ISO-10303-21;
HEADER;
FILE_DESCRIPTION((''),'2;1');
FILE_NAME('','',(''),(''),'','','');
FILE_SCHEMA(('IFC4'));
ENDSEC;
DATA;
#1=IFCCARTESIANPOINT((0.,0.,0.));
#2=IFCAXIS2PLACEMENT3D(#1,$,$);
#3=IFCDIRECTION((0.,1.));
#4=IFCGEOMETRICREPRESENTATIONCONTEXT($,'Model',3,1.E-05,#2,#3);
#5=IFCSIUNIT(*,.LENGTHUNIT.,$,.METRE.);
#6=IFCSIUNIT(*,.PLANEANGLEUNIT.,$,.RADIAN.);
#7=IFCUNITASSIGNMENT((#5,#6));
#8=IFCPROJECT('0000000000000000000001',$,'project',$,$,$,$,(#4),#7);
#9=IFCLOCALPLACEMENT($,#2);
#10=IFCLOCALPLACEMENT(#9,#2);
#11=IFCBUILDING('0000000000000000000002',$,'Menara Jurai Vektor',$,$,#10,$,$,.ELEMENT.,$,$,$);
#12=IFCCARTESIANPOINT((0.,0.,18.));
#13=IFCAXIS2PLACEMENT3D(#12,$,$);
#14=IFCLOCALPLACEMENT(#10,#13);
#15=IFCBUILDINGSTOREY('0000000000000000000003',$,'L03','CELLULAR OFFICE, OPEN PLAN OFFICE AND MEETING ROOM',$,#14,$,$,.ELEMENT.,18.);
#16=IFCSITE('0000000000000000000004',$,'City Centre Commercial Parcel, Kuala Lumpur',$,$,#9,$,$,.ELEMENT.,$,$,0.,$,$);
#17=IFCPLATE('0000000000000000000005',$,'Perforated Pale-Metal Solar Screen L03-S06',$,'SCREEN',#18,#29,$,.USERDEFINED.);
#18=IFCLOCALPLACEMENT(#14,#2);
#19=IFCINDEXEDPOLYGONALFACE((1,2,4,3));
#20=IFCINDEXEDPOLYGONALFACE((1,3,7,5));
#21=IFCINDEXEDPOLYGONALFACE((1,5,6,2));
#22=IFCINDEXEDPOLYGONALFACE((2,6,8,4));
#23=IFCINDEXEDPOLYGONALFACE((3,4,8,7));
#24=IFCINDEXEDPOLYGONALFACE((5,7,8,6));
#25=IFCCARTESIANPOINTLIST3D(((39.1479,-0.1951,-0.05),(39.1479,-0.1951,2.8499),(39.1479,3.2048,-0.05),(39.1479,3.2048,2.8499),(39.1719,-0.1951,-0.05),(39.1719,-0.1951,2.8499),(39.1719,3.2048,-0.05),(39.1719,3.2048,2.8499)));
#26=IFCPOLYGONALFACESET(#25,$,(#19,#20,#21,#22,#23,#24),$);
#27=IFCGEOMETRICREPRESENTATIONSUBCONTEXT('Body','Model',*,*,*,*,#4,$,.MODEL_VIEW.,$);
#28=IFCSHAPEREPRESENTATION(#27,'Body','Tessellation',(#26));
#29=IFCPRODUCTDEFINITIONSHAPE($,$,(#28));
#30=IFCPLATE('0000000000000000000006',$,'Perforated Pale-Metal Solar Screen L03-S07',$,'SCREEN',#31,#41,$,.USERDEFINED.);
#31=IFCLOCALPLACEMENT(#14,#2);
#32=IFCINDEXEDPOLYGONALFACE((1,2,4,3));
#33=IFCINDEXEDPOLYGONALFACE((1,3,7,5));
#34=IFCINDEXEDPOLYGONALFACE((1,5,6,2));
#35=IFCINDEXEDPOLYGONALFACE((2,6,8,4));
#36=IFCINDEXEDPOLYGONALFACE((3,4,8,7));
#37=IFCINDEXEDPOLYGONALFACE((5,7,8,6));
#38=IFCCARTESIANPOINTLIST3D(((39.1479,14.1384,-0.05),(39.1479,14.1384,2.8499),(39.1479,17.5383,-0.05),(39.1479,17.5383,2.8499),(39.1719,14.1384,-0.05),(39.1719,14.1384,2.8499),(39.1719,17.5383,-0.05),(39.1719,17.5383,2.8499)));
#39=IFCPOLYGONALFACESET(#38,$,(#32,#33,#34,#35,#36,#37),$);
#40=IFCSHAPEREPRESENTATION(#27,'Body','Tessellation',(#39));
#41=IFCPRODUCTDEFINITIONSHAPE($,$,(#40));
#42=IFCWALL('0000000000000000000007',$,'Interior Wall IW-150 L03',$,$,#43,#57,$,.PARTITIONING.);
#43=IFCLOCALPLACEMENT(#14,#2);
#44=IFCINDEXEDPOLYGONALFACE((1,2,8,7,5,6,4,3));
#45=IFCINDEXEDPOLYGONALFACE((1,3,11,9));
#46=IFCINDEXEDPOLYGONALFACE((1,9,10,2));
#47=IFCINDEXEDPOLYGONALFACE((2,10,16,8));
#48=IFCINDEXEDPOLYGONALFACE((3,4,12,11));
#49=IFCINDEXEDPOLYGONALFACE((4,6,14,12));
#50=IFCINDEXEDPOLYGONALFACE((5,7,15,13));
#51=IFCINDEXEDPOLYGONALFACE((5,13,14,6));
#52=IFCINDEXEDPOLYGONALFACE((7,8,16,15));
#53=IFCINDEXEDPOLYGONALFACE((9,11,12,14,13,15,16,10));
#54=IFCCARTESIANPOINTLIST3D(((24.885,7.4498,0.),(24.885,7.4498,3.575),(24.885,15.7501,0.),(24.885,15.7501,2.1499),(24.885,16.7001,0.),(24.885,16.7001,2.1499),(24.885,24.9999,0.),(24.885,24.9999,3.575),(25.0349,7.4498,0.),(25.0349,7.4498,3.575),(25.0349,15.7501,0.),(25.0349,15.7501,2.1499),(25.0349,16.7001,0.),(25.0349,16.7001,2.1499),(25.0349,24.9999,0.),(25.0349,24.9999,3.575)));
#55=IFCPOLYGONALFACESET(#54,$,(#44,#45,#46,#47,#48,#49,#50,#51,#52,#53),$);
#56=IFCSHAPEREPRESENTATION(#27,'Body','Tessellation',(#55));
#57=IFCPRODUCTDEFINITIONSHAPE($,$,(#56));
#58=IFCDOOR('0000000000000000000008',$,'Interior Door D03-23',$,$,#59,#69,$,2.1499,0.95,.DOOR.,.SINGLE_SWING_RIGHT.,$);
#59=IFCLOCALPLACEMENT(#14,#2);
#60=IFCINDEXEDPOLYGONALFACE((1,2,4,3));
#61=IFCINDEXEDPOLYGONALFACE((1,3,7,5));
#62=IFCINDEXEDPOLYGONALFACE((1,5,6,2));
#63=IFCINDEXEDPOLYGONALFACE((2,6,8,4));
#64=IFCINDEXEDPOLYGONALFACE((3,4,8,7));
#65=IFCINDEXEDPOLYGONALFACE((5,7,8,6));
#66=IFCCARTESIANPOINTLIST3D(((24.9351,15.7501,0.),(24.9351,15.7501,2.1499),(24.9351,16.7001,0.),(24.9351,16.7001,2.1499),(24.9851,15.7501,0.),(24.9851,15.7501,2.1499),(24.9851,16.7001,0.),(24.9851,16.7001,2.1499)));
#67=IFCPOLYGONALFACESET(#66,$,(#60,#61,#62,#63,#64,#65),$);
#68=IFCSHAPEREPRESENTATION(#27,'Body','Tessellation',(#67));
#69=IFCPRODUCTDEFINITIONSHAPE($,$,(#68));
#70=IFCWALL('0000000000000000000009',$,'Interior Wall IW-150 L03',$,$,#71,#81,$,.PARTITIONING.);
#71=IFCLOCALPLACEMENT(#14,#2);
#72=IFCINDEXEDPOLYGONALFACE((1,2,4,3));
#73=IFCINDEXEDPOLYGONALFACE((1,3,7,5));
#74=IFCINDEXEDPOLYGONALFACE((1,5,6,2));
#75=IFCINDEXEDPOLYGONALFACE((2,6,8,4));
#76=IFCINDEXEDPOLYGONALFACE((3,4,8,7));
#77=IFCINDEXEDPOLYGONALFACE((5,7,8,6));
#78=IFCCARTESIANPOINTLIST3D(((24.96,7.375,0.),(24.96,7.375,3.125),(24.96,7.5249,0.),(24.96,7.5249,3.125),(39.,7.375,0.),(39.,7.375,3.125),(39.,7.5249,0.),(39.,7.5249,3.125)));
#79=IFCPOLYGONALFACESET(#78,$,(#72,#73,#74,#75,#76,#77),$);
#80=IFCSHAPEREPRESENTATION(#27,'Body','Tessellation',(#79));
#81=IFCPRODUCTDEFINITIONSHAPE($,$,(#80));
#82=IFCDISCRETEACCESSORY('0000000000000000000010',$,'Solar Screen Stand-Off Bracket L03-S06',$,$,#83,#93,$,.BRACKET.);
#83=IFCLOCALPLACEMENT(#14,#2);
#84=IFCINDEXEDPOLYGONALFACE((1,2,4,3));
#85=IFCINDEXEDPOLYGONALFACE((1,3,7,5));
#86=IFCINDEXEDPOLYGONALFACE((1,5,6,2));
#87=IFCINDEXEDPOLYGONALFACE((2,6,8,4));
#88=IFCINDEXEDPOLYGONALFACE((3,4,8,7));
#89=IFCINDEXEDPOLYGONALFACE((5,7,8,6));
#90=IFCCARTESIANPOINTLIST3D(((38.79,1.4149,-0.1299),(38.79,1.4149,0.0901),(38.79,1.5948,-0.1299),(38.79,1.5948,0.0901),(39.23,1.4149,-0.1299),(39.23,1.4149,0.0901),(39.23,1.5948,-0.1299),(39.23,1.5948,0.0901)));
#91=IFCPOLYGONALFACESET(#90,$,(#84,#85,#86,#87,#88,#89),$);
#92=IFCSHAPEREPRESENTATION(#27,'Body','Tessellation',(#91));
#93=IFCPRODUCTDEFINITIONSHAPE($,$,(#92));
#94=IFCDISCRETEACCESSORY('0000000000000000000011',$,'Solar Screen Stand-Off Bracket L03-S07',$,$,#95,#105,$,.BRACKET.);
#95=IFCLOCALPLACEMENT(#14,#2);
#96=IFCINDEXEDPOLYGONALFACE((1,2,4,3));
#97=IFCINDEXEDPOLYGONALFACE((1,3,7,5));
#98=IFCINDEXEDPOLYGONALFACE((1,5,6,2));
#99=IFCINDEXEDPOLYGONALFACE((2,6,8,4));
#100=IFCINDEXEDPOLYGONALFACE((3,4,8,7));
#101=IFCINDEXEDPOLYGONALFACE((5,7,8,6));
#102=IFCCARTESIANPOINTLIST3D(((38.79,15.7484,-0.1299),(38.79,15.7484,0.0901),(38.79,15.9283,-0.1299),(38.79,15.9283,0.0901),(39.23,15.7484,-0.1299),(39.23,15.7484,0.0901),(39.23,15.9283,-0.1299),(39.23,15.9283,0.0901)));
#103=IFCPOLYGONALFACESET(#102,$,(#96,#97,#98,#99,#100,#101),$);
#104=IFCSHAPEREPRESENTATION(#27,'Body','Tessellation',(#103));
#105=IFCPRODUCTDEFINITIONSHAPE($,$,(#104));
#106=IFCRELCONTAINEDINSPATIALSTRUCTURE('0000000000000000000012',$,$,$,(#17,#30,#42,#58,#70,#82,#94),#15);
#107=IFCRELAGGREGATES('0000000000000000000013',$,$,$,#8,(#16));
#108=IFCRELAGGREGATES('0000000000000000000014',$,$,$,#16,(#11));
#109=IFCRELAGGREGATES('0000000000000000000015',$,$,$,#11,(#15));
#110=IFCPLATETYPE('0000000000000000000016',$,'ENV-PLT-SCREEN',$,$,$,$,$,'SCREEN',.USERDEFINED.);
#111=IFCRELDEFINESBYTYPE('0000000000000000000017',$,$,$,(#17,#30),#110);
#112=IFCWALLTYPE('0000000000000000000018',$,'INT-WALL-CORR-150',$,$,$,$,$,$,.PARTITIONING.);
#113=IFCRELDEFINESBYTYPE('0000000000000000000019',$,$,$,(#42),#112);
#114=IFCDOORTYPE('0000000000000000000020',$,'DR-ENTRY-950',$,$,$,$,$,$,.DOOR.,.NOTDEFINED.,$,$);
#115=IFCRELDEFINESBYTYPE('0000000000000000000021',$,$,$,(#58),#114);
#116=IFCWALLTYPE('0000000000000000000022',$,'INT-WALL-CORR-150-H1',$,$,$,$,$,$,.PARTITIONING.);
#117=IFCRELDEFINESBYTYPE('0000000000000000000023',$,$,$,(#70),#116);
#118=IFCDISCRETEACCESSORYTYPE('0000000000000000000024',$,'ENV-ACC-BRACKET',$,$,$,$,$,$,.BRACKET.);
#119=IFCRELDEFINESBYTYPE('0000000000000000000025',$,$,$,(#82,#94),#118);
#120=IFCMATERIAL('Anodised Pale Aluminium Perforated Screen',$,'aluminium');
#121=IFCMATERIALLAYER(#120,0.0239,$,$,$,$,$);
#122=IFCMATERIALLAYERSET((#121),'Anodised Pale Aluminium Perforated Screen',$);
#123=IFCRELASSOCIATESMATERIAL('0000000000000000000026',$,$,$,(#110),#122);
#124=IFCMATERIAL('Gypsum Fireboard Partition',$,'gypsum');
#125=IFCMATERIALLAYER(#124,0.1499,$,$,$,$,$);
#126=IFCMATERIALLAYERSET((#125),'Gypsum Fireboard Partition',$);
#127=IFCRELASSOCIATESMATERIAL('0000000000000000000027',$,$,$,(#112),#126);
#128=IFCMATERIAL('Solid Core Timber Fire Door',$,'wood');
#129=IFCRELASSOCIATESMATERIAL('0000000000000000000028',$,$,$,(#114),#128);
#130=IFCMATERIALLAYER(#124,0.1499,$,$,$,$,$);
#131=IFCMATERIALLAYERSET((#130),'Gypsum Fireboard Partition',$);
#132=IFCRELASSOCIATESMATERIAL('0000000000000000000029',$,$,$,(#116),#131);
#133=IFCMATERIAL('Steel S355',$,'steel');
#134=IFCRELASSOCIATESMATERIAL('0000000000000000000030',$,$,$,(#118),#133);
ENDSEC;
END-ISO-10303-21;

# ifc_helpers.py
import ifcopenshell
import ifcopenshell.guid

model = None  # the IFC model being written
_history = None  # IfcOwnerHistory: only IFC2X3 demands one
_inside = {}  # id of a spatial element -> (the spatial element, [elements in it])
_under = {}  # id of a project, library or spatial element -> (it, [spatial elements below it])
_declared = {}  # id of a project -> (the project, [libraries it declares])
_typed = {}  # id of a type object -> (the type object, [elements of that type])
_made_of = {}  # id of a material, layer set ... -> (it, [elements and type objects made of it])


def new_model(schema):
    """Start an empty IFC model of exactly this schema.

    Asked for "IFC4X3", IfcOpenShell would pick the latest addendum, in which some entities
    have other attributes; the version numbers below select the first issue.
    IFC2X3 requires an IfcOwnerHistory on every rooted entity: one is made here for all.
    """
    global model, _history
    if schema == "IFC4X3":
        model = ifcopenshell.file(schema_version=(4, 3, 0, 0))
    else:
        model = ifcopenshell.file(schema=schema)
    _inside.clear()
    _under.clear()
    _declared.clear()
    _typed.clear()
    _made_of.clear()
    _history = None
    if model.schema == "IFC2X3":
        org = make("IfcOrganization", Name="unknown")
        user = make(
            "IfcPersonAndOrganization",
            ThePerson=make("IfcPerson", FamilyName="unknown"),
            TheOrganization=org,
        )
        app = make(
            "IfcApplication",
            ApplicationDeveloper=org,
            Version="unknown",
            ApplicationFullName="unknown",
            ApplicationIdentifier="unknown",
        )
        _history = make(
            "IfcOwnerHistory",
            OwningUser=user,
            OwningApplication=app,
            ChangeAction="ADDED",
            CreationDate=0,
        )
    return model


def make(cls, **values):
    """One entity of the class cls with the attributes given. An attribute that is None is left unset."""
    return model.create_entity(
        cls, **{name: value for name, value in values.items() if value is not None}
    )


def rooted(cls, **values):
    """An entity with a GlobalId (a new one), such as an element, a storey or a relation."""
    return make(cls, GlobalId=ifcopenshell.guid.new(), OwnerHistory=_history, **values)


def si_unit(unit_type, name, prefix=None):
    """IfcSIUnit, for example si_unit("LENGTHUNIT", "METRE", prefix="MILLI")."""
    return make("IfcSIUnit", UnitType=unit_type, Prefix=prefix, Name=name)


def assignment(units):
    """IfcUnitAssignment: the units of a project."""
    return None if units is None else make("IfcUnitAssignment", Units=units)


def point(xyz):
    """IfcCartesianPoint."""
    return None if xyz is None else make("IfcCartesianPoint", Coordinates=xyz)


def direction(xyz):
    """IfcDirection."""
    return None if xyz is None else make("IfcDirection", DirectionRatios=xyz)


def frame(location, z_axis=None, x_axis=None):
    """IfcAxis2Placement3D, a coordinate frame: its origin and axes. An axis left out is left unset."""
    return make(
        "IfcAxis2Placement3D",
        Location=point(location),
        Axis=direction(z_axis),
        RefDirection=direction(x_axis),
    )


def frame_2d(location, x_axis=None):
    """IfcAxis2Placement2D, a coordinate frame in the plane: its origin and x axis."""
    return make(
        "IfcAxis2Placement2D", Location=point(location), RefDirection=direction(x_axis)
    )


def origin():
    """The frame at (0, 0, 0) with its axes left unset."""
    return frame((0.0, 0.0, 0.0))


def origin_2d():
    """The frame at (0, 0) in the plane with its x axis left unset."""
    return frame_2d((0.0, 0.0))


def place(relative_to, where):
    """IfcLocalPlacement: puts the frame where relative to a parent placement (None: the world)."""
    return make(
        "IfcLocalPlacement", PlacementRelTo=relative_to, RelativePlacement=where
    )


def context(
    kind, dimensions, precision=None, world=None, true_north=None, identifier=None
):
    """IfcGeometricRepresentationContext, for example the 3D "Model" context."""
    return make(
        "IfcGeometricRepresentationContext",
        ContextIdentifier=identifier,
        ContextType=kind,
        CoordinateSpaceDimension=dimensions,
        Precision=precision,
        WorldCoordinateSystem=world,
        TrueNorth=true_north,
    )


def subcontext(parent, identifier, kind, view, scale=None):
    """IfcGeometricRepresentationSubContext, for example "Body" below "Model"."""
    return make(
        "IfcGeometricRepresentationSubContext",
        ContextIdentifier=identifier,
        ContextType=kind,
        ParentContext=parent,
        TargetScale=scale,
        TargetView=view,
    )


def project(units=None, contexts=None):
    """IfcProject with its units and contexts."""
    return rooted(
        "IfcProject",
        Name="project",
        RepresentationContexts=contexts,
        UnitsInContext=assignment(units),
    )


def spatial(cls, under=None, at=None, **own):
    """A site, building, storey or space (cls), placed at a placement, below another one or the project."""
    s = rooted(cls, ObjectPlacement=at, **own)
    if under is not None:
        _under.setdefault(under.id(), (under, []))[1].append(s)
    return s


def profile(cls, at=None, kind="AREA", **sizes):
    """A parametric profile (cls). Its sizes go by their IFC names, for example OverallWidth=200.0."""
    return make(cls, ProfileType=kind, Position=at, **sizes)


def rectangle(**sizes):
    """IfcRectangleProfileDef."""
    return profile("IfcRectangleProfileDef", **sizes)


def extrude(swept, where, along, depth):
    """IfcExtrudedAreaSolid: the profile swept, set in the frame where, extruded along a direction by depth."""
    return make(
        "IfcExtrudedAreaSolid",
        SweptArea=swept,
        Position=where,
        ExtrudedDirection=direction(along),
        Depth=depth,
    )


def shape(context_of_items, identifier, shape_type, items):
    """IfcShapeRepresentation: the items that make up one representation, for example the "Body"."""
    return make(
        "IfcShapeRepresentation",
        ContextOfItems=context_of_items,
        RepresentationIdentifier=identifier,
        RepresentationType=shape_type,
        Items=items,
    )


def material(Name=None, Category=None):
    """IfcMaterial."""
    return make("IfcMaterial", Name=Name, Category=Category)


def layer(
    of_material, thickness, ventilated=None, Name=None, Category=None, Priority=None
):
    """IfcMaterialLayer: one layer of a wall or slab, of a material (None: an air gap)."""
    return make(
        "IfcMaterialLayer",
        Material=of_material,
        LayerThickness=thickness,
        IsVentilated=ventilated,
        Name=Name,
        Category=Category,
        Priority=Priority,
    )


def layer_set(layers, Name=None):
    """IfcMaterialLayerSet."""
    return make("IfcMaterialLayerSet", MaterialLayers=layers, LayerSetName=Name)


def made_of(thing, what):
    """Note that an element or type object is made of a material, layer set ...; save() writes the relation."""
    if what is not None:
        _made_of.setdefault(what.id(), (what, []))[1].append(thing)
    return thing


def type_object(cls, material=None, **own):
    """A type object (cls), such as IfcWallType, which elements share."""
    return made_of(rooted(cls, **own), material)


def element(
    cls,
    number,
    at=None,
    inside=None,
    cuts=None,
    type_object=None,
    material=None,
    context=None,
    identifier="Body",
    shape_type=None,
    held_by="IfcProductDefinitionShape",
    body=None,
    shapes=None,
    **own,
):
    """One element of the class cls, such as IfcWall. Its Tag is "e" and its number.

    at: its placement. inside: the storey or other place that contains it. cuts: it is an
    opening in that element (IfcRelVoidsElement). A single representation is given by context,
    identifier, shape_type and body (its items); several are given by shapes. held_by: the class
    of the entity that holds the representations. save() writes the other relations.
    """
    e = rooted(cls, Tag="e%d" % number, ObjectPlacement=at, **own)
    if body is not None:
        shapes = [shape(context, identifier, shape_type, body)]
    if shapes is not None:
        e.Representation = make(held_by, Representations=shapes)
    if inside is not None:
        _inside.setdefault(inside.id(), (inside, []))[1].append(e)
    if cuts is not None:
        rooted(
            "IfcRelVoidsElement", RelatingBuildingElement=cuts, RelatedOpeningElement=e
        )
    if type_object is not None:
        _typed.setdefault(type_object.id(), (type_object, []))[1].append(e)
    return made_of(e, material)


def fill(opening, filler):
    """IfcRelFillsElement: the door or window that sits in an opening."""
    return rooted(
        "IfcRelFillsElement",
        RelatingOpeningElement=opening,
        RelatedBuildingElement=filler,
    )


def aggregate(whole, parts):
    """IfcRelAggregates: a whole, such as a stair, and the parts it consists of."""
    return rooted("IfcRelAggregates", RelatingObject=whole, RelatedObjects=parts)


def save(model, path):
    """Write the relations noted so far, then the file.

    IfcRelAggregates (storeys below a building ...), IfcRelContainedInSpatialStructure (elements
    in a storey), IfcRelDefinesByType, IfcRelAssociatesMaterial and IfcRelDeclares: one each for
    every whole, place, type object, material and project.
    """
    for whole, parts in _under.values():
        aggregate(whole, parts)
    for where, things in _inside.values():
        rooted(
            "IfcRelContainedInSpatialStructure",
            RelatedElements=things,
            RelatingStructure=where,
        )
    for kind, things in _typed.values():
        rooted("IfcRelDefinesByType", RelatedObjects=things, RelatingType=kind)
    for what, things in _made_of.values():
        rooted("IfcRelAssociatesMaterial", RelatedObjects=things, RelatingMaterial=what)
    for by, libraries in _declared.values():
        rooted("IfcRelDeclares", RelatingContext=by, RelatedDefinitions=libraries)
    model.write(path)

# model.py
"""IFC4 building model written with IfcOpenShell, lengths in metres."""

from ifc_helpers import new_model, si_unit, direction, frame, frame_2d, origin, origin_2d, place, context, subcontext, project, spatial, rectangle, extrude, material, layer, layer_set, type_object, element, fill, save


model = new_model("IFC4")

# Units and contexts
model_context = context("Model", 3, precision=1e-05, world=origin(), true_north=direction((0.0, 1.0)))
body_context = subcontext(model_context, "Body", "Model", "MODEL_VIEW")
ifc_project = project(units=[si_unit("LENGTHUNIT", "METRE"), si_unit("PLANEANGLEUNIT", "RADIAN")], contexts=[model_context])

# Site, building, storey
site_placement = place(None, origin())
site = spatial("IfcSite", under=ifc_project, at=site_placement, Name="City Centre Commercial Parcel, Kuala Lumpur", CompositionType="ELEMENT", RefElevation=0.0)
building_placement = place(site_placement, origin())
building = spatial("IfcBuilding", under=site, at=building_placement, Name="Menara Jurai Vektor", CompositionType="ELEMENT")
storey_placement = place(building_placement, frame((0.0, 0.0, 18.0)))
storey = spatial("IfcBuildingStorey", under=building, at=storey_placement, Name="L03", Description="CELLULAR OFFICE, OPEN PLAN OFFICE AND MEETING ROOM", CompositionType="ELEMENT", Elevation=18.0)

# Shared definitions
ifc_material_1 = material(Name="Steel S355", Category="steel")

# Plates
ifc_material_2 = material(Name="Anodised Pale Aluminium Perforated Screen", Category="aluminium")
ifc_layer_1 = layer(ifc_material_2, 0.0239)
ifc_layer_set_1 = layer_set([ifc_layer_1], Name="Anodised Pale Aluminium Perforated Screen")
plate_type_1 = type_object("IfcPlateType", Name="ENV-PLT-SCREEN", ElementType="SCREEN", PredefinedType="USERDEFINED", material=ifc_layer_set_1)
for number, where, z_axis, x_axis, name in (
    (1, (39.1599, 1.5049, -0.05), (0.0, 0.0, 1.0), (0.0, 1.0, 0.0), "Perforated Pale-Metal Solar Screen L03-S06"),
    (2, (39.1599, 15.8384, -0.05), (0.0, 0.0, 1.0), (0.0, 1.0, 0.0), "Perforated Pale-Metal Solar Screen L03-S07"),
):
    element("IfcPlate", number, at=place(storey_placement, frame(where, z_axis=z_axis, x_axis=x_axis)), inside=storey, type_object=plate_type_1, Name=name, ObjectType="SCREEN", PredefinedType="USERDEFINED", context=body_context, shape_type="SweptSolid", body=[
        extrude(rectangle(XDim=3.3999, YDim=0.0239, at=origin_2d()), origin(), (0.0, 0.0, 1.0), 2.8999),
    ])

# Wall, opening, door
ifc_material_3 = material(Name="Gypsum Fireboard Partition", Category="gypsum")
ifc_layer_2 = layer(ifc_material_3, 0.1499)
ifc_layer_set_2 = layer_set([ifc_layer_2], Name="Gypsum Fireboard Partition")
wall_type_1 = type_object("IfcWallType", Name="INT-WALL-CORR-150", PredefinedType="PARTITIONING", material=ifc_layer_set_2)
wall_1_placement = place(storey_placement, frame((24.96, 7.45, 0.0), z_axis=(0.0, 0.0, 1.0), x_axis=(0.0, 1.0, 0.0)))
wall_1 = element("IfcWall", 3, at=wall_1_placement, inside=storey, type_object=wall_type_1, Name="Interior Wall IW-150 L03", PredefinedType="PARTITIONING", context=body_context, shape_type="SweptSolid", body=[
    extrude(rectangle(XDim=17.55, YDim=0.1499, at=frame_2d((8.7749, 0.0))), origin(), (0.0, 0.0, 1.0), 3.575),
])
opening_placement = place(wall_1_placement, frame((8.3, 0.0, 0.0)))
opening = element("IfcOpeningElement", 4, at=opening_placement, cuts=wall_1, PredefinedType="OPENING", context=body_context, shape_type="SweptSolid", body=[
    extrude(rectangle(XDim=0.95, YDim=2.1499, at=frame_2d((0.4751, 1.075))), frame((0.0, 0.085, 0.0), z_axis=(0.0, -1.0, 0.0), x_axis=(1.0, 0.0, 0.0)), (0.0, 0.0, 1.0), 0.1699),
])
ifc_material_4 = material(Name="Solid Core Timber Fire Door", Category="wood")
door_type = type_object("IfcDoorType", Name="DR-ENTRY-950", OperationType="NOTDEFINED", PredefinedType="DOOR", material=ifc_material_4)
door_placement = place(opening_placement, origin())
door = element("IfcDoor", 5, at=door_placement, inside=storey, type_object=door_type, Name="Interior Door D03-23", OperationType="SINGLE_SWING_RIGHT", OverallHeight=2.1499, OverallWidth=0.95, PredefinedType="DOOR", context=body_context, shape_type="SweptSolid", body=[
    extrude(rectangle(XDim=0.95, YDim=2.1499, at=frame_2d((0.4751, 1.075))), frame((0.0, 0.0249, 0.0), z_axis=(0.0, -1.0, 0.0), x_axis=(1.0, 0.0, 0.0)), (0.0, 0.0, 1.0), 0.05),
])
fill(opening, door)

# Wall
ifc_layer_3 = layer(ifc_material_3, 0.1499)
ifc_layer_set_3 = layer_set([ifc_layer_3], Name="Gypsum Fireboard Partition")
wall_type_2 = type_object("IfcWallType", Name="INT-WALL-CORR-150-H1", PredefinedType="PARTITIONING", material=ifc_layer_set_3)
wall_2_placement = place(storey_placement, frame((24.96, 7.45, 0.0), z_axis=(0.0, 0.0, 1.0), x_axis=(1.0, 0.0, 0.0)))
element("IfcWall", 6, at=wall_2_placement, inside=storey, type_object=wall_type_2, Name="Interior Wall IW-150 L03", PredefinedType="PARTITIONING", context=body_context, shape_type="SweptSolid", body=[
    extrude(rectangle(XDim=14.04, YDim=0.1499, at=frame_2d((7.02, 0.0))), origin(), (0.0, 0.0, 1.0), 3.125),
])

# Discrete accessories
discrete_accessory_type = type_object("IfcDiscreteAccessoryType", Name="ENV-ACC-BRACKET", PredefinedType="BRACKET", material=ifc_material_1)
for number, where, z_axis, x_axis, name in (
    (7, (39.01, 1.5049, -0.1299), (0.0, 0.0, 1.0), (0.0, 1.0, 0.0), "Solar Screen Stand-Off Bracket L03-S06"),
    (8, (39.01, 15.8384, -0.1299), (0.0, 0.0, 1.0), (0.0, 1.0, 0.0), "Solar Screen Stand-Off Bracket L03-S07"),
):
    element("IfcDiscreteAccessory", number, at=place(storey_placement, frame(where, z_axis=z_axis, x_axis=x_axis)), inside=storey, type_object=discrete_accessory_type, Name=name, PredefinedType="BRACKET", context=body_context, shape_type="SweptSolid", body=[
        extrude(rectangle(XDim=0.1799, YDim=0.4399, at=origin_2d()), origin(), (0.0, 0.0, 1.0), 0.22),
    ])

save(model, "model.ifc")
